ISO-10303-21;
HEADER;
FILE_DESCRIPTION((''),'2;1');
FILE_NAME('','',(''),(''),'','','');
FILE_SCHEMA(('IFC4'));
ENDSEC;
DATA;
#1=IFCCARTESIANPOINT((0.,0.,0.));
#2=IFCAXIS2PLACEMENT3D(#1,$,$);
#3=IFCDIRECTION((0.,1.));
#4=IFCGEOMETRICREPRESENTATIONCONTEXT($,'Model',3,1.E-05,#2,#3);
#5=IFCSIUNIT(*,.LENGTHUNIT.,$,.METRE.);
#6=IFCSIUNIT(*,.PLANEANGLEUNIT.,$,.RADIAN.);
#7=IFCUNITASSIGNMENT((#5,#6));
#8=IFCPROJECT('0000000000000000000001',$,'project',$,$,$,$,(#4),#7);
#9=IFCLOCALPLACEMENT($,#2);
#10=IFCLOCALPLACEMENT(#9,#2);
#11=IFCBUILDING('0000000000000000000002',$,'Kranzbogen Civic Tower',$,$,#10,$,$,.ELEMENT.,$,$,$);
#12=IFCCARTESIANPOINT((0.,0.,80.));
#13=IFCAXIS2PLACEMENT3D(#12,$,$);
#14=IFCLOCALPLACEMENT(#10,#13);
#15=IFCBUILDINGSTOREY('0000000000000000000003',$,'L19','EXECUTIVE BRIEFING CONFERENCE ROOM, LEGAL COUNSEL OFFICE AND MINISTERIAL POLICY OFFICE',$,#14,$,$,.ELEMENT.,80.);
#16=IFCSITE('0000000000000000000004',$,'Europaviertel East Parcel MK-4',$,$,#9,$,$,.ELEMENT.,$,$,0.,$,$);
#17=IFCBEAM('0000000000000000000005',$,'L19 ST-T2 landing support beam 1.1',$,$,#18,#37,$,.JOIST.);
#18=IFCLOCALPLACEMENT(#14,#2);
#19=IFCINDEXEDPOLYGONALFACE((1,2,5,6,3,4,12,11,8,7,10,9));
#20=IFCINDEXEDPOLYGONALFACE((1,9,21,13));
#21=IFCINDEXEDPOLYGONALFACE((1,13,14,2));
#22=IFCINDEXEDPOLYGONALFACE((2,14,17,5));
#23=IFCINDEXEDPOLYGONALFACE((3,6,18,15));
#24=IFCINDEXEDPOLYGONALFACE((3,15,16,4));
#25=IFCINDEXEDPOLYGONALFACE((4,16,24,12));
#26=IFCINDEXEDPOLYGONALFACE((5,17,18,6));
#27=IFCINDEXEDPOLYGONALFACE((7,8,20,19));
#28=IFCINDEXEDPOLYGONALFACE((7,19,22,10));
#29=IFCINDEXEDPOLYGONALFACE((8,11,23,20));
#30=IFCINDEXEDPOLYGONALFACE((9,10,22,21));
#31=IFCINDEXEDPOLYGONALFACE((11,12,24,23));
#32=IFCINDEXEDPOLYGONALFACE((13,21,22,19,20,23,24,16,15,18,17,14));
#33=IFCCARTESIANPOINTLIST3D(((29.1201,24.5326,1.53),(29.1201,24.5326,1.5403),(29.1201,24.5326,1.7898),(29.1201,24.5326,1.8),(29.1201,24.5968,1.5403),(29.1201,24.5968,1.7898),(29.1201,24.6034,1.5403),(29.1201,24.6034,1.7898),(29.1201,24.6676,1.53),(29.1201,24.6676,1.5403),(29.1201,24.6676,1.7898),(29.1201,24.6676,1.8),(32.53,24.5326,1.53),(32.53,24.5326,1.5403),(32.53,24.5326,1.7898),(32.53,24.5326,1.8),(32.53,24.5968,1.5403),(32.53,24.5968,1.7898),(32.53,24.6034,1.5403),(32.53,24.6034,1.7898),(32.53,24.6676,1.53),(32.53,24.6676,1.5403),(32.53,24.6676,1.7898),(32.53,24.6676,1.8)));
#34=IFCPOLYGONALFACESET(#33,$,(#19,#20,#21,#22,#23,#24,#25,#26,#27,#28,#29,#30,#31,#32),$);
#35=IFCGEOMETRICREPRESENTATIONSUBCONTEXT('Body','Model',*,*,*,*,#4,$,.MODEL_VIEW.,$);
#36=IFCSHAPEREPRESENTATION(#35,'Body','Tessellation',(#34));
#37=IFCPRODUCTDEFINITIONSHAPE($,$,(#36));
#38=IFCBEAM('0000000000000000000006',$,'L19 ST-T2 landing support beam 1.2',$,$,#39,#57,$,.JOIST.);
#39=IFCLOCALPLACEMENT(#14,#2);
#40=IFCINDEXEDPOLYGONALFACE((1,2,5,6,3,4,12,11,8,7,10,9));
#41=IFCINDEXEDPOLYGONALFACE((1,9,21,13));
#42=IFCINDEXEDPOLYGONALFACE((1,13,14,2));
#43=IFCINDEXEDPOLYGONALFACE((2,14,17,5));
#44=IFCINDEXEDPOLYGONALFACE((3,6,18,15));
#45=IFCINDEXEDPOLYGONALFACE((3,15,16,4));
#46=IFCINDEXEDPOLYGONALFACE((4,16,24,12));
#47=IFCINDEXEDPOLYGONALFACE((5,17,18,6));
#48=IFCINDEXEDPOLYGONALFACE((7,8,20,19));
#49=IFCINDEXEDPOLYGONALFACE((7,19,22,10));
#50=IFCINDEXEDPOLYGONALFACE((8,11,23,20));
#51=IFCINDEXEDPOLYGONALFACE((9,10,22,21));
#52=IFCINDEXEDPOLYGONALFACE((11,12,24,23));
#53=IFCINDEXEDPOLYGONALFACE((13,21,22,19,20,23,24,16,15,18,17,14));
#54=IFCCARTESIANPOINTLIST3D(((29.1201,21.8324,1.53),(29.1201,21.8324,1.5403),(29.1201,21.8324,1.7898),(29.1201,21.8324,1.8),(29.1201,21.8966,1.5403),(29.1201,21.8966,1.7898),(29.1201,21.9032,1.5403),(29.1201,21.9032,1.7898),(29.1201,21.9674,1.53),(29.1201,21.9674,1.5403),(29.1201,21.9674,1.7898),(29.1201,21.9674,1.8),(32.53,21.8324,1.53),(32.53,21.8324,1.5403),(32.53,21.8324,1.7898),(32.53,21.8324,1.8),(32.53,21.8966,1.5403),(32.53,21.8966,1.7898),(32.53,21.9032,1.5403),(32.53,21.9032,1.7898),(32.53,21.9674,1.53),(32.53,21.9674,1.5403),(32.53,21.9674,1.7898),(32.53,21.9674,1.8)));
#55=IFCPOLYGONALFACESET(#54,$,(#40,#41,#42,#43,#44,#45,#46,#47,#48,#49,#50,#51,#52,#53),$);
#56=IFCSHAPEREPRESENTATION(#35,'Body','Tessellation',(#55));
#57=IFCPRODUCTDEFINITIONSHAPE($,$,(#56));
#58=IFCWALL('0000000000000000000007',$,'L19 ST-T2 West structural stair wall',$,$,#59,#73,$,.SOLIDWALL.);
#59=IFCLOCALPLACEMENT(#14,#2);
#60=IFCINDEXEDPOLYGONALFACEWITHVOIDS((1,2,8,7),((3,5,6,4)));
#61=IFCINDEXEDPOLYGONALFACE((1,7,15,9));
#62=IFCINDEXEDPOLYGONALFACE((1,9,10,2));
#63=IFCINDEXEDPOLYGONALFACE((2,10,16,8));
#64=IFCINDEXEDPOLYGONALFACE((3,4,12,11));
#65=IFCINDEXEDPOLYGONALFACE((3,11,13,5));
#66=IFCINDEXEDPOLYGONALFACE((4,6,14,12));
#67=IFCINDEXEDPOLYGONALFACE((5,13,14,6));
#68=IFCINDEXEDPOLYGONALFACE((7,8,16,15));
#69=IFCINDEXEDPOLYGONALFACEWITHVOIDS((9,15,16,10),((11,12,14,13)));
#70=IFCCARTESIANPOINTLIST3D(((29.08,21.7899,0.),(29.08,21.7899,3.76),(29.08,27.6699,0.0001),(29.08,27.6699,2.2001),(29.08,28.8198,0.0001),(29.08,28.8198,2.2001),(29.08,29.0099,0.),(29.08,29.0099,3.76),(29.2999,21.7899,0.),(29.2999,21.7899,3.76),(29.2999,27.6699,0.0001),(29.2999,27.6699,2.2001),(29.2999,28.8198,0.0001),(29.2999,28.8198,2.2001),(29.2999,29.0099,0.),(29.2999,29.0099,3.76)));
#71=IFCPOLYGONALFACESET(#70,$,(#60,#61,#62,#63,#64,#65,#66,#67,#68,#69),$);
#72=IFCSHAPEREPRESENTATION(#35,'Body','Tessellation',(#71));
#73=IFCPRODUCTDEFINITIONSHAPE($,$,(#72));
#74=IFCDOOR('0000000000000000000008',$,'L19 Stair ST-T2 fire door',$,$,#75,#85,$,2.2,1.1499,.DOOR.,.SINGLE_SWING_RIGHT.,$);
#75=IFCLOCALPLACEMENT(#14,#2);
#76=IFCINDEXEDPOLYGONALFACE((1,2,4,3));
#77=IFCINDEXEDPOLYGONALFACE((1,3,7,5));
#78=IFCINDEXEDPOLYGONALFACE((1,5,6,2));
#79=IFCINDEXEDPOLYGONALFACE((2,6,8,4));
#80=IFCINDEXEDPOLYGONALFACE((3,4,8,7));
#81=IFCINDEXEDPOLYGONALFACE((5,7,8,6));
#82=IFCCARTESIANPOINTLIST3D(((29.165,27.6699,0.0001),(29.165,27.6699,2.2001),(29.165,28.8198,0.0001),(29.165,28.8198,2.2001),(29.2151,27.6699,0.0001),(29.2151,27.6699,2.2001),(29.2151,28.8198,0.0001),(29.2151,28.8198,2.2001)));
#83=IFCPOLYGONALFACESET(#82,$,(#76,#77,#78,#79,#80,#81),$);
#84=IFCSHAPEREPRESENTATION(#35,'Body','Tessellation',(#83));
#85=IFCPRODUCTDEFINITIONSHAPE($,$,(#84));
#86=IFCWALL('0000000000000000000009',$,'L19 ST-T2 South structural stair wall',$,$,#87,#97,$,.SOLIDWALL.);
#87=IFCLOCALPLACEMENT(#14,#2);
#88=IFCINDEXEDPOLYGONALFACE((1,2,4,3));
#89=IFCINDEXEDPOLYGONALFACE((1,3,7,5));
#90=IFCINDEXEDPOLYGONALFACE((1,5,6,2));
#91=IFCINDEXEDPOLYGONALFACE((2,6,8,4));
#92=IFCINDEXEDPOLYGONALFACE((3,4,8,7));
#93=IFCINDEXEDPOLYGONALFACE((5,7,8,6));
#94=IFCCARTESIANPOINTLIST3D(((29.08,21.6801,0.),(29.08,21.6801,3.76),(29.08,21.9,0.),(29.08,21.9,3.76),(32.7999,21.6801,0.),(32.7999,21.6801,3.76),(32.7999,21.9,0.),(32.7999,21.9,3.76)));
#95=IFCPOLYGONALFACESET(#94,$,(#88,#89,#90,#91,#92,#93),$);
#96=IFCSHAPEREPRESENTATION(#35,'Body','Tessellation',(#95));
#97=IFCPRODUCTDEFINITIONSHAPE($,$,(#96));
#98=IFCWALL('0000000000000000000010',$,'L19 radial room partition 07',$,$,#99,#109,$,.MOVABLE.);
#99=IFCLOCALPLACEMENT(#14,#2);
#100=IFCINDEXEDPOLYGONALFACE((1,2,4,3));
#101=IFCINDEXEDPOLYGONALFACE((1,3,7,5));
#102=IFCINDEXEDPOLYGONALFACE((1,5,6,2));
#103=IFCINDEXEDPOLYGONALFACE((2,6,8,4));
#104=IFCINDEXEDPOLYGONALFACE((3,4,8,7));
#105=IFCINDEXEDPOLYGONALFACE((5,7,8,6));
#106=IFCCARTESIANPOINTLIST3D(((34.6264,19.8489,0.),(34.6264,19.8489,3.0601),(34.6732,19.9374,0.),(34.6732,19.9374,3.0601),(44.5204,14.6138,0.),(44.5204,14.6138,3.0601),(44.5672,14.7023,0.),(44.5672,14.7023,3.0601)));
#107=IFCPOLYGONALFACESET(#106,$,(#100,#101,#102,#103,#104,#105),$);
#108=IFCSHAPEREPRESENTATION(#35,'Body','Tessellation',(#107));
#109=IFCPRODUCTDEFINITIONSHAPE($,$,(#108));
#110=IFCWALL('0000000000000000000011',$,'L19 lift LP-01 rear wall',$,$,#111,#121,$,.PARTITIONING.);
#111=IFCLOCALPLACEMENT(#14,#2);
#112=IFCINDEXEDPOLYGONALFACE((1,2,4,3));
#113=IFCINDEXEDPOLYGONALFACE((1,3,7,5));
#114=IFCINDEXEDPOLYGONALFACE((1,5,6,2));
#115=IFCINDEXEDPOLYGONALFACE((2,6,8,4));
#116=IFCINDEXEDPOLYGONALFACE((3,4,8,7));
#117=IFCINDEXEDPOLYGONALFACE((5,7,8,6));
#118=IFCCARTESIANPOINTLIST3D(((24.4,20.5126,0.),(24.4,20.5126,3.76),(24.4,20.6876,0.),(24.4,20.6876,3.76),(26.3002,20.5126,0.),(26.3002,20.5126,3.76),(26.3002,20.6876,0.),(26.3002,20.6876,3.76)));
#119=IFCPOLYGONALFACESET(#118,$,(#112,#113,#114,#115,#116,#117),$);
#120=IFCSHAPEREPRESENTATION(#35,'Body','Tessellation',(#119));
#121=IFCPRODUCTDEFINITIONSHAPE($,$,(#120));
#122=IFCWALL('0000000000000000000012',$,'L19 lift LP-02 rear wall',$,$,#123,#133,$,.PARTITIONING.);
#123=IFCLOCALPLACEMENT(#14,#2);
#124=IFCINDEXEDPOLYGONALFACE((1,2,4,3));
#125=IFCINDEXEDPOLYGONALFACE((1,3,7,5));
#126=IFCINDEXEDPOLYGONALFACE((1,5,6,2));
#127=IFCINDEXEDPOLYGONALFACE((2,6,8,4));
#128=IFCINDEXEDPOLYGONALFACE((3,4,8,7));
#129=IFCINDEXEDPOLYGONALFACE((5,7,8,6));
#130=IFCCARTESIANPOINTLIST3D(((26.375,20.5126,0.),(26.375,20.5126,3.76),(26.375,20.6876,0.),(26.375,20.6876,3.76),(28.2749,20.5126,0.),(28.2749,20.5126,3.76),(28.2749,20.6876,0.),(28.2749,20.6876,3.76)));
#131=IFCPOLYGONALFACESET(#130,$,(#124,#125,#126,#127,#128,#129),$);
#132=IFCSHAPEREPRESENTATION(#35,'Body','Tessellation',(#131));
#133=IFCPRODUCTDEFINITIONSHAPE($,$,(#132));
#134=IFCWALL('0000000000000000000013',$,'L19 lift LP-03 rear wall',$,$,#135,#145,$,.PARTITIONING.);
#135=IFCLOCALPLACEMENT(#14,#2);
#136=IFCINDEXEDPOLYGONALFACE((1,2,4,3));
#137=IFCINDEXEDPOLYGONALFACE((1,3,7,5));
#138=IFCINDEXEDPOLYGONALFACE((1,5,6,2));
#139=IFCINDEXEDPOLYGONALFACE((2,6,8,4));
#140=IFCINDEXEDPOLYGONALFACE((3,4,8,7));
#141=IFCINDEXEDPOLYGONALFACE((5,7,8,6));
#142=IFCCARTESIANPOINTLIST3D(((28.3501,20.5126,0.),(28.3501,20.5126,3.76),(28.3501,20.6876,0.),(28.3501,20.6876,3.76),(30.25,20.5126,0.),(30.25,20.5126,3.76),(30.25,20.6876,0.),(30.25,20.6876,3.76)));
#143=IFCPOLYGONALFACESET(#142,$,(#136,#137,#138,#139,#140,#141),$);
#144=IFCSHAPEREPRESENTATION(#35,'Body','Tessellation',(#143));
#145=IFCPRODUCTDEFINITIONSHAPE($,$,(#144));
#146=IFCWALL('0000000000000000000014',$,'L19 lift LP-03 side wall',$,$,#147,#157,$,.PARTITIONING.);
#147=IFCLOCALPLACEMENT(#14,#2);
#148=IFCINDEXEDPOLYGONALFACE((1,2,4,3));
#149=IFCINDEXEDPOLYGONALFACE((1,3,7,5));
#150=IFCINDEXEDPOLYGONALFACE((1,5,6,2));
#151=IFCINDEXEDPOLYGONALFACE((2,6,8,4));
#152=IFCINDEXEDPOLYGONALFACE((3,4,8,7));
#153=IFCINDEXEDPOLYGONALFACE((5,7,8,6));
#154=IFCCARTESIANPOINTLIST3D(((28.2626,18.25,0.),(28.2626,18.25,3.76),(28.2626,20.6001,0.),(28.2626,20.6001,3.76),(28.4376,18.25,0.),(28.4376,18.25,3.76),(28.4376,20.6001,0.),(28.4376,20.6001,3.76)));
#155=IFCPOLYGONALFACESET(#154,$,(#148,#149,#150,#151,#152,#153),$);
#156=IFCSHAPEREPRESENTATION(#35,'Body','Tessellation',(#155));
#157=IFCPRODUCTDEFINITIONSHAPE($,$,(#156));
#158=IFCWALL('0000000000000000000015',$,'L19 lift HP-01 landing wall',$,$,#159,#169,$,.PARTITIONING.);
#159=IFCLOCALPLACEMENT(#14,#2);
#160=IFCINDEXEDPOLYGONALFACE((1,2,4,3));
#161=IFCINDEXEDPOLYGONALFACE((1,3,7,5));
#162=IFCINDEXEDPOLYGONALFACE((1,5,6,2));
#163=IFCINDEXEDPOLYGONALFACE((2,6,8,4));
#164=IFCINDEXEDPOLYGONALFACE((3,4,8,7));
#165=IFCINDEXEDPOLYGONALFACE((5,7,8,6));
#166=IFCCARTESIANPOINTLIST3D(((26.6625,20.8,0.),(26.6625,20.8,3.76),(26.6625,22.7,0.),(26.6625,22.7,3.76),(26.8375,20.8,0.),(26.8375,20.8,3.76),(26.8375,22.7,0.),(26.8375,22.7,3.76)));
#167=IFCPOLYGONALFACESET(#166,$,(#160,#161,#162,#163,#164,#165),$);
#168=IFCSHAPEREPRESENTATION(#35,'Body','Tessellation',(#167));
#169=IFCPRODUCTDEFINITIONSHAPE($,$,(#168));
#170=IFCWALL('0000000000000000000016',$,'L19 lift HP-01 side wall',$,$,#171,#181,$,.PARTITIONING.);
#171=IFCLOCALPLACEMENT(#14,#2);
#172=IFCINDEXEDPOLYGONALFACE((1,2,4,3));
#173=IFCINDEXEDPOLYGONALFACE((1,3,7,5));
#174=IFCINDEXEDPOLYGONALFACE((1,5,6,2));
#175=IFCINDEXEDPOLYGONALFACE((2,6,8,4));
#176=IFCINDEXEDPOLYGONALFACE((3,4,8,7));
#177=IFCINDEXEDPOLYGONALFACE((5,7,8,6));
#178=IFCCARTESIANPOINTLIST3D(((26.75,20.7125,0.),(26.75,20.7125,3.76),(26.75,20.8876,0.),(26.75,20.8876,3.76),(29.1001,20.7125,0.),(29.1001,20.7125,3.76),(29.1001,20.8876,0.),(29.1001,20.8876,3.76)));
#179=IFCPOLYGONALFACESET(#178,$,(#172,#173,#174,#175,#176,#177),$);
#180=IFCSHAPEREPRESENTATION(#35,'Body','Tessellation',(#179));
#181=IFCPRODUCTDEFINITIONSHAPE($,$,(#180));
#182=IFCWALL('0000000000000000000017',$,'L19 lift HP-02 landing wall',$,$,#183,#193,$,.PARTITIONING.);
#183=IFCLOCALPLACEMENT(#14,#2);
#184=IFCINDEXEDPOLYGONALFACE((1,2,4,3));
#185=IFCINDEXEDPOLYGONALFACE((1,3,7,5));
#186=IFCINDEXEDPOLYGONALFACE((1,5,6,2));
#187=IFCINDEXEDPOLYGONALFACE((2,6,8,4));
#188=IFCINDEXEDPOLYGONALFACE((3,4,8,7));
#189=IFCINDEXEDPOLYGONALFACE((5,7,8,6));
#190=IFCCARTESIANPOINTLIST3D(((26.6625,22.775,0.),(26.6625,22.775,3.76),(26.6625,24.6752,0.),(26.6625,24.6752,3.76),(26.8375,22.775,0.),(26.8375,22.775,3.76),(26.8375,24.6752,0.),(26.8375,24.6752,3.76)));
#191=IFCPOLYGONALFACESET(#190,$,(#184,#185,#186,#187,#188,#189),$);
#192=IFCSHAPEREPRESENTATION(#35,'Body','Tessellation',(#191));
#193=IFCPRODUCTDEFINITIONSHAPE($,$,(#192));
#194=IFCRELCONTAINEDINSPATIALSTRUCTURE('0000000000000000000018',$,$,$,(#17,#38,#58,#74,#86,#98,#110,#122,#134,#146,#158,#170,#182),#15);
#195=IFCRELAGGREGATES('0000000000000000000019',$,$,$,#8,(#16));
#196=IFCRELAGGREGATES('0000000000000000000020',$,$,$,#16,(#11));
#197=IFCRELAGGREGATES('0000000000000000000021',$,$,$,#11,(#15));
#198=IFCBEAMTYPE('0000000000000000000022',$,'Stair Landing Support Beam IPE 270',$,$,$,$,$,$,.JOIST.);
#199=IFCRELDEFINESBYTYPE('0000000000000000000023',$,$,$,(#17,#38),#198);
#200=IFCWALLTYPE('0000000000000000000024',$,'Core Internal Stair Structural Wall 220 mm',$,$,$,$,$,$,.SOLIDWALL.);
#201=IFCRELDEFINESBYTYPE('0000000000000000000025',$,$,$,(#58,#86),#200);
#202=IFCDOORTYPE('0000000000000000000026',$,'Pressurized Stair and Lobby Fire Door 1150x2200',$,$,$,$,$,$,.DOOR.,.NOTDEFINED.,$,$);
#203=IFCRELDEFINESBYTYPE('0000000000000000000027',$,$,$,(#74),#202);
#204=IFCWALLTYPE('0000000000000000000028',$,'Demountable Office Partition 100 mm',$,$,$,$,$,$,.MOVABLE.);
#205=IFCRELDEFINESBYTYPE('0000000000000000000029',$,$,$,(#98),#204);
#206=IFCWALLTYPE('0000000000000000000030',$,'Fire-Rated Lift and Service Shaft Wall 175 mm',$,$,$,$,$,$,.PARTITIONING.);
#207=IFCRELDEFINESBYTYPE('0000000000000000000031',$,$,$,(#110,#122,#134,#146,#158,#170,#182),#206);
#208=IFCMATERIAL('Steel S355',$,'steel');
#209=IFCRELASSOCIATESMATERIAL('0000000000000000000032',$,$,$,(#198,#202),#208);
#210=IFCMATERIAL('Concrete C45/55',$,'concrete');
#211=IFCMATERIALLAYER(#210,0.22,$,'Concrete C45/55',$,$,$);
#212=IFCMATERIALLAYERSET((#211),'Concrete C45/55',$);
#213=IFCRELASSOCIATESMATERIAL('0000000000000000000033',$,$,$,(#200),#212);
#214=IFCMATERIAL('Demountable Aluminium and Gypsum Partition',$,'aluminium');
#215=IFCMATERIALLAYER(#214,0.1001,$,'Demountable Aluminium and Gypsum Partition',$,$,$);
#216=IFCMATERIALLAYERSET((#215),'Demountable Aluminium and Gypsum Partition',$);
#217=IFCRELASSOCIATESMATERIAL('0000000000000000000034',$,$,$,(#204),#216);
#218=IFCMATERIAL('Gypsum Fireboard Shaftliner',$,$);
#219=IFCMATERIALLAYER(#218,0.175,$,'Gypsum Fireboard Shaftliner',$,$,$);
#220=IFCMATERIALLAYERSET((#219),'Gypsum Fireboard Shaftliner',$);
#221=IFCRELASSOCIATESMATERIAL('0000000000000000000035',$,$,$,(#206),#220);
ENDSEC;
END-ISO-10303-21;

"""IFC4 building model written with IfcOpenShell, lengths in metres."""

from ifc_helpers import new_model, si_unit, direction, frame, frame_2d, origin, origin_2d, place, context, subcontext, project, spatial, rectangle, i_section, extrude, material, layer, layer_set, material_profile, profile_set, type_object, element, fill, save


model = new_model("IFC4")

# Units and contexts
model_context = context("Model", 3, precision=1e-05, world=origin(), true_north=direction((0.0, 1.0)))
body_context = subcontext(model_context, "Body", "Model", "MODEL_VIEW")
ifc_project = project(units=[si_unit("LENGTHUNIT", "METRE"), si_unit("PLANEANGLEUNIT", "RADIAN")], contexts=[model_context])

# Site, building, storey
site_placement = place(None, origin())
site = spatial("IfcSite", under=ifc_project, at=site_placement, Name="Europaviertel East Parcel MK-4", CompositionType="ELEMENT", RefElevation=0.0)
building_placement = place(site_placement, origin())
building = spatial("IfcBuilding", under=site, at=building_placement, Name="Kranzbogen Civic Tower", CompositionType="ELEMENT")
storey_placement = place(building_placement, frame((0.0, 0.0, 80.0)))
storey = spatial("IfcBuildingStorey", under=building, at=storey_placement, Name="L19", Description="EXECUTIVE BRIEFING CONFERENCE ROOM, LEGAL COUNSEL OFFICE AND MINISTERIAL POLICY OFFICE", CompositionType="ELEMENT", Elevation=80.0)

# Beams
ifc_material_1 = material(Name="Steel S355", Category="steel")
ifc_material_profile = material_profile(ifc_material_1, i_section(OverallWidth=0.135, OverallDepth=0.27, WebThickness=0.0066, FlangeThickness=0.0103, at=origin_2d()), Name="IPE 270")
ifc_profile_set = profile_set([ifc_material_profile], Name="Steel S355")
beam_type = type_object("IfcBeamType", Name="Stair Landing Support Beam IPE 270", PredefinedType="JOIST", material=ifc_profile_set)
for number, where, z_axis, x_axis, name in (
    (1, (29.1201, 24.6001, 1.665), (1.0, 0.0, 0.0), (0.0, 1.0, 0.0), "L19 ST-T2 landing support beam 1.1"),
    (2, (29.1201, 21.8999, 1.665), (1.0, 0.0, 0.0), (0.0, 1.0, 0.0), "L19 ST-T2 landing support beam 1.2"),
):
    element("IfcBeam", number, at=place(storey_placement, frame(where, z_axis=z_axis, x_axis=x_axis)), inside=storey, type_object=beam_type, Name=name, PredefinedType="JOIST", context=body_context, shape_type="SweptSolid", body=[
        extrude(i_section(OverallWidth=0.135, OverallDepth=0.27, WebThickness=0.0066, FlangeThickness=0.0103, at=origin_2d()), origin(), (0.0, 0.0, 1.0), 3.4099),
    ])

# Wall, opening, door
ifc_material_2 = material(Name="Concrete C45/55", Category="concrete")
ifc_layer_1 = layer(ifc_material_2, 0.22, Name="Concrete C45/55")
ifc_layer_set_1 = layer_set([ifc_layer_1], Name="Concrete C45/55")
wall_type_1 = type_object("IfcWallType", Name="Core Internal Stair Structural Wall 220 mm", PredefinedType="SOLIDWALL", material=ifc_layer_set_1)
wall_1_placement = place(storey_placement, frame((29.1899, 21.79, 0.0), z_axis=(0.0, 0.0, 1.0), x_axis=(0.0, 1.0, 0.0)))
wall_1 = element("IfcWall", 3, at=wall_1_placement, inside=storey, type_object=wall_type_1, Name="L19 ST-T2 West structural stair wall", PredefinedType="SOLIDWALL", context=body_context, shape_type="SweptSolid", body=[
    extrude(rectangle(XDim=7.22, YDim=0.22, at=frame_2d((3.6099, 0.0))), origin(), (0.0, 0.0, 1.0), 3.76),
])
opening_1_placement = place(wall_1_placement, frame((5.8799, 0.0, 0.0)))
opening_1 = element("IfcOpeningElement", 4, at=opening_1_placement, cuts=wall_1, PredefinedType="OPENING", context=body_context, shape_type="SweptSolid", body=[
    extrude(rectangle(XDim=1.1499, YDim=2.2, at=frame_2d((0.575, 1.1001))), frame((0.0, 0.1201, 0.0), z_axis=(0.0, -1.0, 0.0), x_axis=(1.0, 0.0, 0.0)), (0.0, 0.0, 1.0), 0.24),
])
door_type_1 = type_object("IfcDoorType", Name="Pressurized Stair and Lobby Fire Door 1150x2200", OperationType="NOTDEFINED", PredefinedType="DOOR", material=ifc_material_1)
door_1_placement = place(opening_1_placement, origin())
door_1 = element("IfcDoor", 5, at=door_1_placement, inside=storey, type_object=door_type_1, Name="L19 Stair ST-T2 fire door", OperationType="SINGLE_SWING_RIGHT", OverallHeight=2.2, OverallWidth=1.1499, PredefinedType="DOOR", context=body_context, shape_type="SweptSolid", body=[
    extrude(rectangle(XDim=1.1499, YDim=2.2, at=frame_2d((0.575, 1.1001))), frame((0.0, 0.0249, 0.0), z_axis=(0.0, -1.0, 0.0), x_axis=(1.0, 0.0, 0.0)), (0.0, 0.0, 1.0), 0.05),
])
fill(opening_1, door_1)

# Walls
wall_2_placement = place(storey_placement, frame((29.0801, 21.79, 0.0), z_axis=(0.0, 0.0, 1.0), x_axis=(1.0, 0.0, 0.0)))
element("IfcWall", 6, at=wall_2_placement, inside=storey, type_object=wall_type_1, Name="L19 ST-T2 South structural stair wall", PredefinedType="SOLIDWALL", context=body_context, shape_type="SweptSolid", body=[
    extrude(rectangle(XDim=3.72, YDim=0.22, at=frame_2d((1.8599, 0.0))), origin(), (0.0, 0.0, 1.0), 3.76),
])
ifc_material_3 = material(Name="Demountable Aluminium and Gypsum Partition", Category="aluminium")
ifc_layer_2 = layer(ifc_material_3, 0.1001, Name="Demountable Aluminium and Gypsum Partition")
ifc_layer_set_2 = layer_set([ifc_layer_2], Name="Demountable Aluminium and Gypsum Partition")
wall_type_2 = type_object("IfcWallType", Name="Demountable Office Partition 100 mm", PredefinedType="MOVABLE", material=ifc_layer_set_2)
wall_3_placement = place(storey_placement, frame((34.6499, 19.8931, 0.0), z_axis=(0.0, 0.0, 1.0), x_axis=(0.883896, -0.467684, 0.0)))
element("IfcWall", 7, at=wall_3_placement, inside=storey, type_object=wall_type_2, Name="L19 radial room partition 07", PredefinedType="MOVABLE", context=body_context, shape_type="SweptSolid", body=[
    extrude(rectangle(XDim=11.1936, YDim=0.1001, at=frame_2d((5.5967, 0.0))), origin(), (0.0, 0.0, 1.0), 3.0601),
])
ifc_material_4 = material(Name="Gypsum Fireboard Shaftliner")
ifc_layer_3 = layer(ifc_material_4, 0.175, Name="Gypsum Fireboard Shaftliner")
ifc_layer_set_3 = layer_set([ifc_layer_3], Name="Gypsum Fireboard Shaftliner")
wall_type_3 = type_object("IfcWallType", Name="Fire-Rated Lift and Service Shaft Wall 175 mm", PredefinedType="PARTITIONING", material=ifc_layer_set_3)
wall_4_placement = place(storey_placement, frame((24.3999, 20.6001, 0.0), z_axis=(0.0, 0.0, 1.0), x_axis=(1.0, 0.0, 0.0)))
element("IfcWall", 8, at=wall_4_placement, inside=storey, type_object=wall_type_3, Name="L19 lift LP-01 rear wall", PredefinedType="PARTITIONING", context=body_context, shape_type="SweptSolid", body=[
    extrude(rectangle(XDim=1.9001, YDim=0.175, at=frame_2d((0.9502, 0.0))), origin(), (0.0, 0.0, 1.0), 3.76),
])
for number, where, z_axis, x_axis, name in (
    (9, (26.375, 20.6001, 0.0), (0.0, 0.0, 1.0), (1.0, 0.0, 0.0), "L19 lift LP-02 rear wall"),
    (10, (28.3501, 20.6001, 0.0), (0.0, 0.0, 1.0), (1.0, 0.0, 0.0), "L19 lift LP-03 rear wall"),
):
    element("IfcWall", number, at=place(storey_placement, frame(where, z_axis=z_axis, x_axis=x_axis)), inside=storey, type_object=wall_type_3, Name=name, PredefinedType="PARTITIONING", context=body_context, shape_type="SweptSolid", body=[
        extrude(rectangle(XDim=1.8999, YDim=0.175, at=frame_2d((0.95, 0.0))), origin(), (0.0, 0.0, 1.0), 3.76),
    ])
wall_5_placement = place(storey_placement, frame((28.3501, 18.25, 0.0), z_axis=(0.0, 0.0, 1.0), x_axis=(0.0, 1.0, 0.0)))
element("IfcWall", 11, at=wall_5_placement, inside=storey, type_object=wall_type_3, Name="L19 lift LP-03 side wall", PredefinedType="PARTITIONING", context=body_context, shape_type="SweptSolid", body=[
    extrude(rectangle(XDim=2.3501, YDim=0.175, at=frame_2d((1.175, 0.0))), origin(), (0.0, 0.0, 1.0), 3.76),
])
wall_6_placement = place(storey_placement, frame((26.75, 20.8, 0.0), z_axis=(0.0, 0.0, 1.0), x_axis=(0.0, 1.0, 0.0)))
element("IfcWall", 12, at=wall_6_placement, inside=storey, type_object=wall_type_3, Name="L19 lift HP-01 landing wall", PredefinedType="PARTITIONING", context=body_context, shape_type="SweptSolid", body=[
    extrude(rectangle(XDim=1.8999, YDim=0.175, at=frame_2d((0.95, 0.0))), origin(), (0.0, 0.0, 1.0), 3.76),
])
wall_7_placement = place(storey_placement, frame((26.75, 20.8, 0.0), z_axis=(0.0, 0.0, 1.0), x_axis=(1.0, 0.0, 0.0)))
element("IfcWall", 13, at=wall_7_placement, inside=storey, type_object=wall_type_3, Name="L19 lift HP-01 side wall", PredefinedType="PARTITIONING", context=body_context, shape_type="SweptSolid", body=[
    extrude(rectangle(XDim=2.3501, YDim=0.175, at=frame_2d((1.175, 0.0))), origin(), (0.0, 0.0, 1.0), 3.76),
])
wall_8_placement = place(storey_placement, frame((26.75, 22.7749, 0.0), z_axis=(0.0, 0.0, 1.0), x_axis=(0.0, 1.0, 0.0)))
element("IfcWall", 14, at=wall_8_placement, inside=storey, type_object=wall_type_3, Name="L19 lift HP-02 landing wall", PredefinedType="PARTITIONING", context=body_context, shape_type="SweptSolid", body=[
    extrude(rectangle(XDim=1.9001, YDim=0.175, at=frame_2d((0.9502, 0.0))), origin(), (0.0, 0.0, 1.0), 3.76),
])

save(model, "model.ifc")
